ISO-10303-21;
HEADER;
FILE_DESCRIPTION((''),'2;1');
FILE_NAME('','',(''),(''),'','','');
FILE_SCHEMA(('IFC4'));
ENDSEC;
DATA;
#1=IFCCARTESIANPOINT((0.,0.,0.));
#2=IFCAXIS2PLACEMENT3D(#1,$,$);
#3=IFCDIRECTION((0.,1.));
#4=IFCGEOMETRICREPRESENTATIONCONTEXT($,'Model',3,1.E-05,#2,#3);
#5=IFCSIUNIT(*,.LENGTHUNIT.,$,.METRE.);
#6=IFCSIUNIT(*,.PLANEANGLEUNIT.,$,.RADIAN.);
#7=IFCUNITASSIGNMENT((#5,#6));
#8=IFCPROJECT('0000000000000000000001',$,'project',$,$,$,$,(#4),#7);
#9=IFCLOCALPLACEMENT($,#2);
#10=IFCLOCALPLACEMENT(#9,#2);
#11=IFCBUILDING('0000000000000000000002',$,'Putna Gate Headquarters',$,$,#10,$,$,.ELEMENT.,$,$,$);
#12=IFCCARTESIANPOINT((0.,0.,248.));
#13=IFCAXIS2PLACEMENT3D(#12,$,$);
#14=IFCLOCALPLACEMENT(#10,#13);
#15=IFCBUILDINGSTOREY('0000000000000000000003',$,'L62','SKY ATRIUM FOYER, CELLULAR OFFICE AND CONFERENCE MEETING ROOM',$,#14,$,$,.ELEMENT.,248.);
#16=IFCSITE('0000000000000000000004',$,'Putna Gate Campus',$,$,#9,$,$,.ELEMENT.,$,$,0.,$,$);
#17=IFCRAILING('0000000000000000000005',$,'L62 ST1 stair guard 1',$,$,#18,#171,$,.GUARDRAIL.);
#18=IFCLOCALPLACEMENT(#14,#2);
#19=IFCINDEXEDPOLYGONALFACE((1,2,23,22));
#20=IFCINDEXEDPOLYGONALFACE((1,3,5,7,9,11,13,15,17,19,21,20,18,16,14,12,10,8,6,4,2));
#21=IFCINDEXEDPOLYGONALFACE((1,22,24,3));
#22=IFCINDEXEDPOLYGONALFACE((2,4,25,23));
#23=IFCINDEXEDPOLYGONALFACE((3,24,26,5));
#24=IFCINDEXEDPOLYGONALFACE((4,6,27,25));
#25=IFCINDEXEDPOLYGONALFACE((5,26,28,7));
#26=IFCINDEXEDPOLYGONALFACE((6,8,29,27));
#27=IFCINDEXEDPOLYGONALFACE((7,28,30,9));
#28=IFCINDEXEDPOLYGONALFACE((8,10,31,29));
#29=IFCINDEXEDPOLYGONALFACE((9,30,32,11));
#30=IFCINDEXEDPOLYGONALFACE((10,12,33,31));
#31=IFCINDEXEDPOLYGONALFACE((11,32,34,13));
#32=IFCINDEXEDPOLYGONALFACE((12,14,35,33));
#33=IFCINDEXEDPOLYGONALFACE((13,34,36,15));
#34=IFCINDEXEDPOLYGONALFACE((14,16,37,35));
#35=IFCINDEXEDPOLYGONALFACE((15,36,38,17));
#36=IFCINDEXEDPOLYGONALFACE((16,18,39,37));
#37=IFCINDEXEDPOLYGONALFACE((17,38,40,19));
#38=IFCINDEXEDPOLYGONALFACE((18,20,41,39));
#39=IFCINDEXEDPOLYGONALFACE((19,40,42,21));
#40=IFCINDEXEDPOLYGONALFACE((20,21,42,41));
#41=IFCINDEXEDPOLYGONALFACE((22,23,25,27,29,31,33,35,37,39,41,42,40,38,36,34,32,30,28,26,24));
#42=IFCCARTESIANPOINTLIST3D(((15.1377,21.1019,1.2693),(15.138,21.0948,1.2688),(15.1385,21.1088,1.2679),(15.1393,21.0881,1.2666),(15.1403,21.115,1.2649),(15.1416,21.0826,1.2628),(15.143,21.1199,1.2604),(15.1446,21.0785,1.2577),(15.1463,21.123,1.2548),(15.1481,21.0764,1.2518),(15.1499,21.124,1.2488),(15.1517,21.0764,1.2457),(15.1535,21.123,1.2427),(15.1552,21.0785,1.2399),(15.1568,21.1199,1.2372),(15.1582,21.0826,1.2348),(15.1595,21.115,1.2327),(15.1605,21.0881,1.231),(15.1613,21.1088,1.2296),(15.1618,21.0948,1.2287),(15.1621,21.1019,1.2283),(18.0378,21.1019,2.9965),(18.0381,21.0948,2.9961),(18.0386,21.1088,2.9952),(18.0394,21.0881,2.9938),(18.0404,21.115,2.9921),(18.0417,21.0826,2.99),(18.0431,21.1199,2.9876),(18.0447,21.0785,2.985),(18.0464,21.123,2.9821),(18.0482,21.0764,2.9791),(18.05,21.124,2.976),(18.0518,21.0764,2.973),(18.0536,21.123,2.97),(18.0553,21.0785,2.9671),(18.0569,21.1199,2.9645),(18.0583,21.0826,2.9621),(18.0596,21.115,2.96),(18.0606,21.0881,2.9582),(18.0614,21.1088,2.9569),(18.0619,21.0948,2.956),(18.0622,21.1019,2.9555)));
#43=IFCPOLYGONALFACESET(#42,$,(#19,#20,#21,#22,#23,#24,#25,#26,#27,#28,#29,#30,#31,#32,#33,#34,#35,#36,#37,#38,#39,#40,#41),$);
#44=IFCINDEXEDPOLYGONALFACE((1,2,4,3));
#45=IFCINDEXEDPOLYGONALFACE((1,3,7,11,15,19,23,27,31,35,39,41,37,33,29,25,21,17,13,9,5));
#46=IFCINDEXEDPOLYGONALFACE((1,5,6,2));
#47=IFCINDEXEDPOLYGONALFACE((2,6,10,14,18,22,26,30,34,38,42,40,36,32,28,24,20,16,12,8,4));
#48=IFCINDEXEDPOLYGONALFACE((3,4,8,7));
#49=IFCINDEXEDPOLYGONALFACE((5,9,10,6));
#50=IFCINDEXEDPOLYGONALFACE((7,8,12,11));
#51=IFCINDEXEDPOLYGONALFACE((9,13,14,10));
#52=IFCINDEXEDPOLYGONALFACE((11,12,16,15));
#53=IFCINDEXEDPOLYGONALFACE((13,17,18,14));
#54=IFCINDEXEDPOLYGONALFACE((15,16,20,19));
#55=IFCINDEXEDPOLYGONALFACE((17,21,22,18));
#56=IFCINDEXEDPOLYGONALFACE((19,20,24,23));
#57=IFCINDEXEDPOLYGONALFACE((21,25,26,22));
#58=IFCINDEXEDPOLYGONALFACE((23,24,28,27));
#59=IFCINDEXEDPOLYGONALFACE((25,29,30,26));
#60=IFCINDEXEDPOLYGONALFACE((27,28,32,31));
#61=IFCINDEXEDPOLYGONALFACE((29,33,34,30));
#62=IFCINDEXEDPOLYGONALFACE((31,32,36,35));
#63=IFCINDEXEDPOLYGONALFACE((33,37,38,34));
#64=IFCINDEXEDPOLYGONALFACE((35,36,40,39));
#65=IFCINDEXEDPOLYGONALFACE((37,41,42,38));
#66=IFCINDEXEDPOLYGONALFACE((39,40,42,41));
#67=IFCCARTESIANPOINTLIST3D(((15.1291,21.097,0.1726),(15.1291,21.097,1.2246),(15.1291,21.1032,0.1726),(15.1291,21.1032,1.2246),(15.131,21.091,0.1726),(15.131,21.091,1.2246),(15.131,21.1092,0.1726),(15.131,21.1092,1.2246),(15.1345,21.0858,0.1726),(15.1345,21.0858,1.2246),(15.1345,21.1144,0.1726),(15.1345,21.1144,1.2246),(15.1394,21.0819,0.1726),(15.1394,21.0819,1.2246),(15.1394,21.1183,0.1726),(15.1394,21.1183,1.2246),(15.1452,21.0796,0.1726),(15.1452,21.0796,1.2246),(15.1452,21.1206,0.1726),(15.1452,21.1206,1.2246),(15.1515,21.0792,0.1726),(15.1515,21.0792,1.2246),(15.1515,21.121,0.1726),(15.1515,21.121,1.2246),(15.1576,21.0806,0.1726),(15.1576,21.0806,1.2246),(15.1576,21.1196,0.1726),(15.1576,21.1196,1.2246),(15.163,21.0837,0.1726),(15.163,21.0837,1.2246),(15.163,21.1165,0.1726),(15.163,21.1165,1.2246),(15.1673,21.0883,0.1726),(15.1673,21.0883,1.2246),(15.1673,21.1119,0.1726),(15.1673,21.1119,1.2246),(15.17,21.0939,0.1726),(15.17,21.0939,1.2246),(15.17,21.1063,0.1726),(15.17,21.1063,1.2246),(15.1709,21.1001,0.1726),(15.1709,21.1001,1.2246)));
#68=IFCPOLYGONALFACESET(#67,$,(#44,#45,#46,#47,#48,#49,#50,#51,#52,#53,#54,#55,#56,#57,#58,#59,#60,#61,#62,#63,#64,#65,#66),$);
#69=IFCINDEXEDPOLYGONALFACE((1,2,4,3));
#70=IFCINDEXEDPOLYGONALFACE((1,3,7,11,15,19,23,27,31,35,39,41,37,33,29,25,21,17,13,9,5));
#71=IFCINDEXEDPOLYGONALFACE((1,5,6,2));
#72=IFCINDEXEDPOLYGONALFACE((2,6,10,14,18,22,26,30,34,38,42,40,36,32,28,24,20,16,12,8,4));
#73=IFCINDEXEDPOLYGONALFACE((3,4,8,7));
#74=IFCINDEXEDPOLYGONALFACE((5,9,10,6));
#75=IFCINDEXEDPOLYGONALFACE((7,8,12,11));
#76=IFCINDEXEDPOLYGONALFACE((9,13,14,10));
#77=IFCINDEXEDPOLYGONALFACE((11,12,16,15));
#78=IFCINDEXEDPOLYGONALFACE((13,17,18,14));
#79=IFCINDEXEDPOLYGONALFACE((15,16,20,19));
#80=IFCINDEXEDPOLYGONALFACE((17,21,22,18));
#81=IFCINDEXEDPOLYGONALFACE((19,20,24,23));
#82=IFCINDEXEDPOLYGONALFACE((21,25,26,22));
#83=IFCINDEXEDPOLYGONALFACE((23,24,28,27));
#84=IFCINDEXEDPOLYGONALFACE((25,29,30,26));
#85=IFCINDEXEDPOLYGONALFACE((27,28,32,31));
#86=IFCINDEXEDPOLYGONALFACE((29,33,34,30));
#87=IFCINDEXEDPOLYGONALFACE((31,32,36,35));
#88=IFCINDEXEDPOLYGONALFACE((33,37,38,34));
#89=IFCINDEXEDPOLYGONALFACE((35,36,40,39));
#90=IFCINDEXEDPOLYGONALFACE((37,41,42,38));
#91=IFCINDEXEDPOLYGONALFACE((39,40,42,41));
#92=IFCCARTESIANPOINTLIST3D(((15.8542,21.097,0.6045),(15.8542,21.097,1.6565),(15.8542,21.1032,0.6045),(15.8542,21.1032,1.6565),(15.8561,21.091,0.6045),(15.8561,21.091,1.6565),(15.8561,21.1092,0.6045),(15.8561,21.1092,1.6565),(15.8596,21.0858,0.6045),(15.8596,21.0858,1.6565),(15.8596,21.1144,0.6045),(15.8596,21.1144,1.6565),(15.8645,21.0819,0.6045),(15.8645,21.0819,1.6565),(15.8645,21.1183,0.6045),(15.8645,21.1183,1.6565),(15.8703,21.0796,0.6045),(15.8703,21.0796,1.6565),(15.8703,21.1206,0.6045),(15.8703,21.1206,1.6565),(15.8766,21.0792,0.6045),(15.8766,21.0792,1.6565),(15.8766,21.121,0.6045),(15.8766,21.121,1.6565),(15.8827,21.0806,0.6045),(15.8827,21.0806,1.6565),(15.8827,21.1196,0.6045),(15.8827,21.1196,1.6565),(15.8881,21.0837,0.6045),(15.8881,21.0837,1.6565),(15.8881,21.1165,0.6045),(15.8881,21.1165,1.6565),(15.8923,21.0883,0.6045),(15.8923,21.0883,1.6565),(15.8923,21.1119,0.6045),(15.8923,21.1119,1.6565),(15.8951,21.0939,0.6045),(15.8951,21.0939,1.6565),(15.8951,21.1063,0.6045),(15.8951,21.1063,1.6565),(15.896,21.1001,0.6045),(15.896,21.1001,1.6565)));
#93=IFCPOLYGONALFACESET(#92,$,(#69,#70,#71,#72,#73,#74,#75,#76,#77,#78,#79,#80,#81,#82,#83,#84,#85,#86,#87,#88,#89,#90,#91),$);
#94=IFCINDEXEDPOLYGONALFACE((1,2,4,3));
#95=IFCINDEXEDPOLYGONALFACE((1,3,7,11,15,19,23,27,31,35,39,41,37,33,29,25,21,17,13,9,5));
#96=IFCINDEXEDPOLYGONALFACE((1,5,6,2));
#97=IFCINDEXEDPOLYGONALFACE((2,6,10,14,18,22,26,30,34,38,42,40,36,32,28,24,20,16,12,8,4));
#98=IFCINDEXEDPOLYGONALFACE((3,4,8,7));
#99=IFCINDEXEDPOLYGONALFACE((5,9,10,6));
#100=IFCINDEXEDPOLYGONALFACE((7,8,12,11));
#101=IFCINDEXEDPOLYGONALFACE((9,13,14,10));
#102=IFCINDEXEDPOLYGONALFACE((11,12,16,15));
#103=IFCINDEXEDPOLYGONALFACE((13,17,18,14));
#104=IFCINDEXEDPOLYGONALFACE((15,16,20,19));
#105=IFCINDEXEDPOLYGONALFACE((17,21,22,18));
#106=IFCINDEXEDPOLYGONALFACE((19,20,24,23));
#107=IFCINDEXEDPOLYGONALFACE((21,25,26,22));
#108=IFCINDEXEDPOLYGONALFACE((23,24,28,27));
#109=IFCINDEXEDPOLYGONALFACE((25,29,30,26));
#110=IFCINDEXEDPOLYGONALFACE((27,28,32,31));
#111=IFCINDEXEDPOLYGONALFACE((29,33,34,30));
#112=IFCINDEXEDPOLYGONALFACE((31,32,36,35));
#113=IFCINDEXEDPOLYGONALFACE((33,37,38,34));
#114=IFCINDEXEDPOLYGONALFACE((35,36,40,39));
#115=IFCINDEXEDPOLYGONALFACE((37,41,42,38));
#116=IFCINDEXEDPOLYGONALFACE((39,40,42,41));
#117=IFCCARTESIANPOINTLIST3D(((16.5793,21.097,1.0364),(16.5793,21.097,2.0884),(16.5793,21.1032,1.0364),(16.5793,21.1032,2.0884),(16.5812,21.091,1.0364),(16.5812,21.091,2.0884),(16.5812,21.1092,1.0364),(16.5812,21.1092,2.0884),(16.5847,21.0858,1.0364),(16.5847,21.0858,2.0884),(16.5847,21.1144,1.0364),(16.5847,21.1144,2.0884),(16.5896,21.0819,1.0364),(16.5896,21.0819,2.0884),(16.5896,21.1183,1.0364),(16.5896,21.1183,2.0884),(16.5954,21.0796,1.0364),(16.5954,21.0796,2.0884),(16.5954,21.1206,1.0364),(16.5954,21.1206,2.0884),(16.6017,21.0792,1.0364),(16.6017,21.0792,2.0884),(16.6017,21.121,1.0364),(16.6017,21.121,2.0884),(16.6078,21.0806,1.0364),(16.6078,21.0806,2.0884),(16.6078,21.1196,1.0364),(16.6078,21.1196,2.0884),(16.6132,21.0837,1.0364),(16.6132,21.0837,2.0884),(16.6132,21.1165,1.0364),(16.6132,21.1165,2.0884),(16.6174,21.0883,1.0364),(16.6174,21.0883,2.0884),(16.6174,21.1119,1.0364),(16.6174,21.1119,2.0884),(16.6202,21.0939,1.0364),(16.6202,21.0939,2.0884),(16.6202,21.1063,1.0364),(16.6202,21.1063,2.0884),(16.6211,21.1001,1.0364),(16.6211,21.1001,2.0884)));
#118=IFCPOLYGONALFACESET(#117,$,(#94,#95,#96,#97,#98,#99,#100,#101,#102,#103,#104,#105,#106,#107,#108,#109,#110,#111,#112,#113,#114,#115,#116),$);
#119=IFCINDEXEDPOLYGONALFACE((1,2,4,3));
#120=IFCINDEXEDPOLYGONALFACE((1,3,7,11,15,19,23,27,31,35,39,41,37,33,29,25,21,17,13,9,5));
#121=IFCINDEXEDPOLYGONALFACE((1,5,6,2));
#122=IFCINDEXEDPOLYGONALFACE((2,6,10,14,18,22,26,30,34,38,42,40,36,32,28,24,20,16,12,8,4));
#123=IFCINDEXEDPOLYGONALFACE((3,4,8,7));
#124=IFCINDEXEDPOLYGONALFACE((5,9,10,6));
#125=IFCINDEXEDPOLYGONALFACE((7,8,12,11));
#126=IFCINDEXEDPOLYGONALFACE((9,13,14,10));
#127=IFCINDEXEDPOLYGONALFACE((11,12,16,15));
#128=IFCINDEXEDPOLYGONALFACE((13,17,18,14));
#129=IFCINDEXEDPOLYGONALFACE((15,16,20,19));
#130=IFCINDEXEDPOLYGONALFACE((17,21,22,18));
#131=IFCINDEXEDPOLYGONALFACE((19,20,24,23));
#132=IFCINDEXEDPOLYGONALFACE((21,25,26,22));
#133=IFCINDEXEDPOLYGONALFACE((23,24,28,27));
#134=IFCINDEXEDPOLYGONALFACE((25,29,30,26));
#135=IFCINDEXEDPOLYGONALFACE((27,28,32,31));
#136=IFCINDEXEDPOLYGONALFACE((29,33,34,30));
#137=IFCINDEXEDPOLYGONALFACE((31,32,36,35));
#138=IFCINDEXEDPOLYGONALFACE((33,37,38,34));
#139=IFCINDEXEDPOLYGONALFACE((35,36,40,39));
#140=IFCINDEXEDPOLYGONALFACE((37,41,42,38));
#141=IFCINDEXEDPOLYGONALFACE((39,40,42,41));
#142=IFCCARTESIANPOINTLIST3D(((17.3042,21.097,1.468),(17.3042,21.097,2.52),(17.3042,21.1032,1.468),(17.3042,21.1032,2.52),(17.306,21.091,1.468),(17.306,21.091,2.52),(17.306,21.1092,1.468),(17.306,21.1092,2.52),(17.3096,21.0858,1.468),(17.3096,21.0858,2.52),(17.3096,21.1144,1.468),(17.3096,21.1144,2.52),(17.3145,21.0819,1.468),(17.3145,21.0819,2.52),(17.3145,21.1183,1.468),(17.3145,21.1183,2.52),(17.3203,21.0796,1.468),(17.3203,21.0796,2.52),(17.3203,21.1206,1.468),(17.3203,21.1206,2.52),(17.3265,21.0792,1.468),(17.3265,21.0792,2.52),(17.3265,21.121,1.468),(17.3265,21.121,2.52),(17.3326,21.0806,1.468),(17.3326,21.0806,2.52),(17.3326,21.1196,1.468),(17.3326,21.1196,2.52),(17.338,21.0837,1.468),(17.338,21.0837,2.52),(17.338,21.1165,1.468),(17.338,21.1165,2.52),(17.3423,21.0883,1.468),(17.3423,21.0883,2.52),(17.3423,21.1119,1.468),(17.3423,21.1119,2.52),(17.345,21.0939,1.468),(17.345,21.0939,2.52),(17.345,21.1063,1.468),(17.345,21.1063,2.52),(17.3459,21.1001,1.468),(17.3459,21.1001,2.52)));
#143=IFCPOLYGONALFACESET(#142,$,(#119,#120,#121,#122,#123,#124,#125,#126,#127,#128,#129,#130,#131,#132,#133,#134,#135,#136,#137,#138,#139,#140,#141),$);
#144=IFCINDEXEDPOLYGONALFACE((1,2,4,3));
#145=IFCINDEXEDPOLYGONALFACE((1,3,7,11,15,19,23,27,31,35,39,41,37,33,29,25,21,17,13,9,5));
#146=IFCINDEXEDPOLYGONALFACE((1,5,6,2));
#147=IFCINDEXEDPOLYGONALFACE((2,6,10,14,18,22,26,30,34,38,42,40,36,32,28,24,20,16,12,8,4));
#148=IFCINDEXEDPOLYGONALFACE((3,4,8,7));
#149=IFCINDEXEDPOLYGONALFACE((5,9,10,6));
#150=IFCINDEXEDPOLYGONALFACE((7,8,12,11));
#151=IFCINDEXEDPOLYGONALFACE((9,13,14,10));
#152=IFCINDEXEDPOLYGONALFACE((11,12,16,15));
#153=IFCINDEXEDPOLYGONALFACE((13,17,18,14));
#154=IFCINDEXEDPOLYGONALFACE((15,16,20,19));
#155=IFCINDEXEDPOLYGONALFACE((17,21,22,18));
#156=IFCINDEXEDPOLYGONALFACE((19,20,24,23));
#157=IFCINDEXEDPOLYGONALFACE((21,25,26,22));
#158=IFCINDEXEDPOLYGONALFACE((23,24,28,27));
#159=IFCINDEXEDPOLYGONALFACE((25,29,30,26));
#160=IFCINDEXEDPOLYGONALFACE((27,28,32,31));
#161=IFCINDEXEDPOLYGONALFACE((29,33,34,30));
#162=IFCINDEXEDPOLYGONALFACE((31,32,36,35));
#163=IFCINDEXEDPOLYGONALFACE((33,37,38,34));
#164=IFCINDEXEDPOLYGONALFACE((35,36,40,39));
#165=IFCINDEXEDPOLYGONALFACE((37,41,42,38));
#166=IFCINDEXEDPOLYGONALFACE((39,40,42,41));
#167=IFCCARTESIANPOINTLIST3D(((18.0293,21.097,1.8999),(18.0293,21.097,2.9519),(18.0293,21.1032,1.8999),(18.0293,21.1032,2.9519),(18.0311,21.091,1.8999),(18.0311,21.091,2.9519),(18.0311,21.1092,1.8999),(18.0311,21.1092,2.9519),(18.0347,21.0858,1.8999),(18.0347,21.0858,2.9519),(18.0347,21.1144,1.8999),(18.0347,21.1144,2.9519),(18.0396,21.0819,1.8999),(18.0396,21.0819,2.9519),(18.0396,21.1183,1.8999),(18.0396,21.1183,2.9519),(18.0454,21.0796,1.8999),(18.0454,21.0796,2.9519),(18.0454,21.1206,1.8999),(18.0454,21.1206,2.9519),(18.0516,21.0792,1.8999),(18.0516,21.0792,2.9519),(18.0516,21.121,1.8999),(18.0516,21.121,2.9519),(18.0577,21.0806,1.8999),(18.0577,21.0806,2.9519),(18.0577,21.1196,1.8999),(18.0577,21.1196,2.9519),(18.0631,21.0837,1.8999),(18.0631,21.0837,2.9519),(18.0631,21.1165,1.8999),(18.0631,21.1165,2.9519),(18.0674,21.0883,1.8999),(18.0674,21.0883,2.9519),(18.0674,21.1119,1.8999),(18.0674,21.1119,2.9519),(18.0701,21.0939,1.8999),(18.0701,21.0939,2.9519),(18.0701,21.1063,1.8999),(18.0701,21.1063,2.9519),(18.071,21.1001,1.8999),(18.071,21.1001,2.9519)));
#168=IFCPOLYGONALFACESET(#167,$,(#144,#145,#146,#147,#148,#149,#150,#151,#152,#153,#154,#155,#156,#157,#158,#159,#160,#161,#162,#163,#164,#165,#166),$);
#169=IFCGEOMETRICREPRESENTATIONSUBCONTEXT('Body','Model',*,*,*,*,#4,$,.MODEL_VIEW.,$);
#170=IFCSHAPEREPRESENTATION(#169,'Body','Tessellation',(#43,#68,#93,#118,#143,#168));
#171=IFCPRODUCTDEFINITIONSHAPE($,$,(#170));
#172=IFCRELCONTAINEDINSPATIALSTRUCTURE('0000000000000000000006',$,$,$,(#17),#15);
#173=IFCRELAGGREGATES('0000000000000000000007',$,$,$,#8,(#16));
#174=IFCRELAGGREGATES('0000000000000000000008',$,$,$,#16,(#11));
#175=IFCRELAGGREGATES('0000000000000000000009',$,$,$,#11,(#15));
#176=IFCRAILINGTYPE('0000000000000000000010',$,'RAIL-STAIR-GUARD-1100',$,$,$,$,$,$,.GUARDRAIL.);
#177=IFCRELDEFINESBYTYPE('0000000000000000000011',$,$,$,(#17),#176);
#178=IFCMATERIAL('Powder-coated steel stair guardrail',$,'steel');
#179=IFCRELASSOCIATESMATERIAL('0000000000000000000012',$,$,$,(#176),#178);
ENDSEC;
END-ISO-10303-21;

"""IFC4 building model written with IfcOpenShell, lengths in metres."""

from ifc_helpers import new_model, si_unit, direction, frame, origin, origin_2d, place, context, subcontext, project, spatial, circle, extrude, material, type_object, element, save


model = new_model("IFC4")

# Units and contexts
model_context = context("Model", 3, precision=1e-05, world=origin(), true_north=direction((0.0, 1.0)))
body_context = subcontext(model_context, "Body", "Model", "MODEL_VIEW")
ifc_project = project(units=[si_unit("LENGTHUNIT", "METRE"), si_unit("PLANEANGLEUNIT", "RADIAN")], contexts=[model_context])

# Site, building, storey
site_placement = place(None, origin())
site = spatial("IfcSite", under=ifc_project, at=site_placement, Name="Putna Gate Campus", CompositionType="ELEMENT", RefElevation=0.0)
building_placement = place(site_placement, origin())
building = spatial("IfcBuilding", under=site, at=building_placement, Name="Putna Gate Headquarters", CompositionType="ELEMENT")
storey_placement = place(building_placement, frame((0.0, 0.0, 248.0)))
storey = spatial("IfcBuildingStorey", under=building, at=storey_placement, Name="L62", Description="SKY ATRIUM FOYER, CELLULAR OFFICE AND CONFERENCE MEETING ROOM", CompositionType="ELEMENT", Elevation=248.0)

# Railing
ifc_material_1 = material(Name="Powder-coated steel stair guardrail", Category="steel")
railing_type_1 = type_object("IfcRailingType", Name="RAIL-STAIR-GUARD-1100", PredefinedType="GUARDRAIL", material=ifc_material_1)
railing_1_placement = place(storey_placement, frame((15.1499, 21.1001, 0.1726)))
element("IfcRailing", 1, at=railing_1_placement, inside=storey, type_object=railing_type_1, Name="L62 ST1 stair guard 1", PredefinedType="GUARDRAIL", context=body_context, shape_type="SweptSolid", body=[
    extrude(circle(Radius=0.0239, at=origin_2d()), frame((0.0, 0.0, 1.0762), z_axis=(0.85916, 0.0, 0.511706), x_axis=(0.0, 1.0, 0.0)), (0.0, 0.0, 1.0), 3.3755),
    extrude(circle(Radius=0.021, at=origin_2d()), origin(), (0.0, 0.0, 1.0), 1.052),
    extrude(circle(Radius=0.021, at=origin_2d()), frame((0.7251, 0.0, 0.4319)), (0.0, 0.0, 1.0), 1.052),
    extrude(circle(Radius=0.021, at=origin_2d()), frame((1.4502, 0.0, 0.8638)), (0.0, 0.0, 1.0), 1.052),
    extrude(circle(Radius=0.021, at=origin_2d()), frame((2.175, 0.0, 1.2954)), (0.0, 0.0, 1.0), 1.052),
    extrude(circle(Radius=0.021, at=origin_2d()), frame((2.9001, 0.0, 1.7273)), (0.0, 0.0, 1.0), 1.052),
])

save(model, "model.ifc")
